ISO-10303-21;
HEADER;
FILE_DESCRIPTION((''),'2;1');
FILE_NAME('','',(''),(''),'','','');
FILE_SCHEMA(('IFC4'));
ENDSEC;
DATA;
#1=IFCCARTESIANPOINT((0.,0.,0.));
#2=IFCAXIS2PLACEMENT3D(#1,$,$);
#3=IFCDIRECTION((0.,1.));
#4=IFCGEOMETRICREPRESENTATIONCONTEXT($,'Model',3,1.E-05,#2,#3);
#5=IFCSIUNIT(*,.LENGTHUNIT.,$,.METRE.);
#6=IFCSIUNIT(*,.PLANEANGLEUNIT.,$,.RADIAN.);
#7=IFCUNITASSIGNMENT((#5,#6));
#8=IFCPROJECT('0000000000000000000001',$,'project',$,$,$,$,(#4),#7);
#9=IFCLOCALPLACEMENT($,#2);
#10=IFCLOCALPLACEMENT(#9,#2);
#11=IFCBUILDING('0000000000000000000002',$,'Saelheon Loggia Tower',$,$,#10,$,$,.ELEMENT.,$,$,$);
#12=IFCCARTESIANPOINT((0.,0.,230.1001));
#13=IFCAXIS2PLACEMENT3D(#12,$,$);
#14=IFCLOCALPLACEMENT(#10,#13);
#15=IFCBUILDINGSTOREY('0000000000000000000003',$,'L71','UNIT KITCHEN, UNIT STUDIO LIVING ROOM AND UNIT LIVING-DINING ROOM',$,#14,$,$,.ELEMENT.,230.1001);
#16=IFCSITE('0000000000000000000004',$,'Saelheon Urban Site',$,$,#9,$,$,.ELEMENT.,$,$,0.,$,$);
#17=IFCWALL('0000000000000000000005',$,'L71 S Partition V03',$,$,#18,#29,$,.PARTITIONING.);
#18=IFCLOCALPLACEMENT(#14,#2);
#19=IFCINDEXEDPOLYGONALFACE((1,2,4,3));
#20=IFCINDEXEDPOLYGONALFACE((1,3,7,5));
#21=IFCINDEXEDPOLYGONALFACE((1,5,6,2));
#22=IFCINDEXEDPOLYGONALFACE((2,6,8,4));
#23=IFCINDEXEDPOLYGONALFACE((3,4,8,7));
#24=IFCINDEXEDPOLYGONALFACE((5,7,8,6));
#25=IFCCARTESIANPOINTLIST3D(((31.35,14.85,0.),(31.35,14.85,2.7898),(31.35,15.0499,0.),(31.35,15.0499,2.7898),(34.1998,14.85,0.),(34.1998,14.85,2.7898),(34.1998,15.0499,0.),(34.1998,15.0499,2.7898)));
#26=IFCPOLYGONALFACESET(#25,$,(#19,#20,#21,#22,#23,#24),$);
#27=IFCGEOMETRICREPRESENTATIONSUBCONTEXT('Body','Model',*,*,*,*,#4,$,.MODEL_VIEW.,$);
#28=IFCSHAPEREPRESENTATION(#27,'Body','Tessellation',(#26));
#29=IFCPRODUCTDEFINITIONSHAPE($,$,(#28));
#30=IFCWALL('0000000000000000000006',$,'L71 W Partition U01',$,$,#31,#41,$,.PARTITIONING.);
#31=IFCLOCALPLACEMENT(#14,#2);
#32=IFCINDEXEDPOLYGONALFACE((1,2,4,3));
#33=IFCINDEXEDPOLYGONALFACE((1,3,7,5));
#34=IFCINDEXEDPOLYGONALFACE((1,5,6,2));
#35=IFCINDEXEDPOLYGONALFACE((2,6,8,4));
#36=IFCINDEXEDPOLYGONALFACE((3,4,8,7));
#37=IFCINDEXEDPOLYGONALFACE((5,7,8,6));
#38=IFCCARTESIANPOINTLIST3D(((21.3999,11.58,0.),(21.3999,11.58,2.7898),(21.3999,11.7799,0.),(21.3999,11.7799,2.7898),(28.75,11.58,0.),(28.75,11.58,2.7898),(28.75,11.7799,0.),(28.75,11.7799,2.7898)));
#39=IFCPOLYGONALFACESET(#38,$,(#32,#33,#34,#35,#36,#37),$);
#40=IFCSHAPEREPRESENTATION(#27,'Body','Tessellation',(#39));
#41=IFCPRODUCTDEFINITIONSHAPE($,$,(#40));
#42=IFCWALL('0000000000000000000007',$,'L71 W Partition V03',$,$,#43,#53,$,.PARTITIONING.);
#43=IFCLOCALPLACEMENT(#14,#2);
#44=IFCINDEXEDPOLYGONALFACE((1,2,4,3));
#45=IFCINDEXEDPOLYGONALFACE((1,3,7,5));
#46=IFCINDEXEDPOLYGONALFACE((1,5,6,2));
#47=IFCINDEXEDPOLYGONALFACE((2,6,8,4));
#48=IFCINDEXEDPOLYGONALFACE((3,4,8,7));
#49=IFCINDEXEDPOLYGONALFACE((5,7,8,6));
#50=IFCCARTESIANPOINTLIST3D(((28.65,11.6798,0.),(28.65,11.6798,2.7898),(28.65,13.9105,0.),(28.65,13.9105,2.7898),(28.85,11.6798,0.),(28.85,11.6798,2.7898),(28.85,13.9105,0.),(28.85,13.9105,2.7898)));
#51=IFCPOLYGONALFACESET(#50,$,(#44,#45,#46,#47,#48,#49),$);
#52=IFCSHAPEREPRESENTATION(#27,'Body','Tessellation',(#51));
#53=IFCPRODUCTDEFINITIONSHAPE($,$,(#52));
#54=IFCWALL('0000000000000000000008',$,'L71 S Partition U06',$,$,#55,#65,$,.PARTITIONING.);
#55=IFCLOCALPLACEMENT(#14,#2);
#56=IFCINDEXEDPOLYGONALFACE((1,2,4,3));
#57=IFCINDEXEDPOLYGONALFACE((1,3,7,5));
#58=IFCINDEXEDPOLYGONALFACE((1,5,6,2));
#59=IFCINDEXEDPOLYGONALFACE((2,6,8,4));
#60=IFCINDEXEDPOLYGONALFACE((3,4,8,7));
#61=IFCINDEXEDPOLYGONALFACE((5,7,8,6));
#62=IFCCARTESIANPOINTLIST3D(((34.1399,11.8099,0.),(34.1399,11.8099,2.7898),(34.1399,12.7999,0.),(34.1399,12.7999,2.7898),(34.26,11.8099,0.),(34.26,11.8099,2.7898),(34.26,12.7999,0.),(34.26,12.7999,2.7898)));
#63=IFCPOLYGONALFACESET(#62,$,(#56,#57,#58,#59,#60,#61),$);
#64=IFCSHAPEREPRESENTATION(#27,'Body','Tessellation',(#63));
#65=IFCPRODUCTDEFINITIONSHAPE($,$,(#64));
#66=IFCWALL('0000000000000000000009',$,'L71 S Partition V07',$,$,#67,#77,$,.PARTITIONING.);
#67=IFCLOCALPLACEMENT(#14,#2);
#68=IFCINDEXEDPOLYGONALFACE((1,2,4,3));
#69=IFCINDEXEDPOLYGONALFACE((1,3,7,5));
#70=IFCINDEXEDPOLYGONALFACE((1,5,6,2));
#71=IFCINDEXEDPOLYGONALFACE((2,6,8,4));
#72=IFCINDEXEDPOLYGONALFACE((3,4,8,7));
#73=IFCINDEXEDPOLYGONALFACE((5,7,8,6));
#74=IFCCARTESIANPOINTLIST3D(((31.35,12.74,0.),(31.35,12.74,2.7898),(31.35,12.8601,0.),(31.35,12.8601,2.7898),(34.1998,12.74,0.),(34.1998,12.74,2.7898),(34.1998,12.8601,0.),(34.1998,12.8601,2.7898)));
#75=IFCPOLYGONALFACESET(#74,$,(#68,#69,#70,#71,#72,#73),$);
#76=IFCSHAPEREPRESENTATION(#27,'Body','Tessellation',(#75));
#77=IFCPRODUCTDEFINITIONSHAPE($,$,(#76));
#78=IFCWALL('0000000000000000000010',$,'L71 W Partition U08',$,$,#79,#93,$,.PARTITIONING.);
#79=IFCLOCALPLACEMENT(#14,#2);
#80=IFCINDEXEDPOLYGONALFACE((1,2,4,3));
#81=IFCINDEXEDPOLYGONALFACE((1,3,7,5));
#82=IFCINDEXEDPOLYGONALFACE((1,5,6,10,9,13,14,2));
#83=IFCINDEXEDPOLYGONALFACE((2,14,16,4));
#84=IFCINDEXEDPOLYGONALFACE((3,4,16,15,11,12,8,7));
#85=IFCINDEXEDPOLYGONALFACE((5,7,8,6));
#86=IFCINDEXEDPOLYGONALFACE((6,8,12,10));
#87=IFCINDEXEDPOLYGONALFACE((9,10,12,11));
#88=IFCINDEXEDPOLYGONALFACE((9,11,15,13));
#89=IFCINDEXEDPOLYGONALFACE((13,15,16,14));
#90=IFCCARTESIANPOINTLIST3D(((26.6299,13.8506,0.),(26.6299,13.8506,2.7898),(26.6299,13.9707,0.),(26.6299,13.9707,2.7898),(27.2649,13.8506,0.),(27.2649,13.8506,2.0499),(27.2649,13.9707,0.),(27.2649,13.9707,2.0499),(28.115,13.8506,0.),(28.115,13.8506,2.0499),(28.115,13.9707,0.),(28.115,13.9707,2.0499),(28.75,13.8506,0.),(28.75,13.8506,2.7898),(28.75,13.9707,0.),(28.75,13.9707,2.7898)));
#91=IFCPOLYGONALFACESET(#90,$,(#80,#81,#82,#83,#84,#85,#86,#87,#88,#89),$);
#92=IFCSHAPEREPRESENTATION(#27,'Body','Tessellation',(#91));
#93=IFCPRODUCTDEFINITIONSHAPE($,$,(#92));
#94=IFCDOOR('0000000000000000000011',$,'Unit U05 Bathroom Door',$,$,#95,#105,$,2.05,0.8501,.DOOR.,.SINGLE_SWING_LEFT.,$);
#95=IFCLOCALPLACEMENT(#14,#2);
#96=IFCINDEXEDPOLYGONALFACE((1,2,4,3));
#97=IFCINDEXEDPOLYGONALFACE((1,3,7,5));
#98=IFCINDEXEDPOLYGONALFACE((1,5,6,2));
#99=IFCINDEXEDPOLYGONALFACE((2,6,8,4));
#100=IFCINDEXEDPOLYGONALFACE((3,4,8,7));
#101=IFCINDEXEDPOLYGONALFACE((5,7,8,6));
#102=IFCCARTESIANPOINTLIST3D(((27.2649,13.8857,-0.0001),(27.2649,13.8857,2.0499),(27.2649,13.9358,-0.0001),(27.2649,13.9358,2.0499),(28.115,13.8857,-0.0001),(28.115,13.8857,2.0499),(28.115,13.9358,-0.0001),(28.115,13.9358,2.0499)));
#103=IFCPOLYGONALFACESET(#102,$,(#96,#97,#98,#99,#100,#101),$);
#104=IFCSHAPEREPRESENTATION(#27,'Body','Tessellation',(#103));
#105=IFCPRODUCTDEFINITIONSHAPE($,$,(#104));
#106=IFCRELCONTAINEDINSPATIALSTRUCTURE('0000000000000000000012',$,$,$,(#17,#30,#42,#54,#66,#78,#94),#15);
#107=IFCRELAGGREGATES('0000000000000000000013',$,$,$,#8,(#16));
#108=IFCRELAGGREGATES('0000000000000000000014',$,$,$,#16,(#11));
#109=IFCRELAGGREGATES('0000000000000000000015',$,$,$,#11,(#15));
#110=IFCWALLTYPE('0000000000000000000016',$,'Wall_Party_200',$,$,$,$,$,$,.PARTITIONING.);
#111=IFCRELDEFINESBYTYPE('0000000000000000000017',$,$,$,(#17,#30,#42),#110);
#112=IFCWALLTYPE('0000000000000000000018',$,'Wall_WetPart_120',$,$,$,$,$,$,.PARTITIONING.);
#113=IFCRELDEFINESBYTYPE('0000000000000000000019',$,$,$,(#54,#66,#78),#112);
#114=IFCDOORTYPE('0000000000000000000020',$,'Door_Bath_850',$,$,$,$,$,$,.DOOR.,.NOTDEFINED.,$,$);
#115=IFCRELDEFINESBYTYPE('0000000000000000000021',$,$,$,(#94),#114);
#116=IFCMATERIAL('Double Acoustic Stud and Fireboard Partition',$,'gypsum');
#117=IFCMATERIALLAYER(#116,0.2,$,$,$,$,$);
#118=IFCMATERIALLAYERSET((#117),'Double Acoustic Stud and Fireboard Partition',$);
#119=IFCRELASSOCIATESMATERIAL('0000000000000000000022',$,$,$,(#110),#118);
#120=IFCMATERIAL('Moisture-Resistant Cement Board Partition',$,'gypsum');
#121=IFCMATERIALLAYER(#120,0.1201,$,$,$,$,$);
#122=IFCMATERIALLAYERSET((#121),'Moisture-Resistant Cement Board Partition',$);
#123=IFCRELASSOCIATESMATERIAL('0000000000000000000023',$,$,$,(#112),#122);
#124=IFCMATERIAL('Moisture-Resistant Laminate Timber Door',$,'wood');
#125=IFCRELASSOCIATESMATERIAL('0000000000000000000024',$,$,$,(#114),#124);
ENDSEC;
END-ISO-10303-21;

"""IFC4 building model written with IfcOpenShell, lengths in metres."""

from ifc_helpers import new_model, si_unit, direction, frame, frame_2d, origin, place, context, subcontext, project, spatial, rectangle, extrude, source, transform, mapped, material, layer, layer_set, type_object, element, fill, save


model = new_model("IFC4")

# Units and contexts
model_context = context("Model", 3, precision=1e-05, world=origin(), true_north=direction((0.0, 1.0)))
body_context = subcontext(model_context, "Body", "Model", "MODEL_VIEW")
ifc_project = project(units=[si_unit("LENGTHUNIT", "METRE"), si_unit("PLANEANGLEUNIT", "RADIAN")], contexts=[model_context])

# Site, building, storey
site_placement = place(None, origin())
site = spatial("IfcSite", under=ifc_project, at=site_placement, Name="Saelheon Urban Site", CompositionType="ELEMENT", RefElevation=0.0)
building_placement = place(site_placement, origin())
building = spatial("IfcBuilding", under=site, at=building_placement, Name="Saelheon Loggia Tower", CompositionType="ELEMENT")
storey_placement = place(building_placement, frame((0.0, 0.0, 230.1001)))
storey = spatial("IfcBuildingStorey", under=building, at=storey_placement, Name="L71", Description="UNIT KITCHEN, UNIT STUDIO LIVING ROOM AND UNIT LIVING-DINING ROOM", CompositionType="ELEMENT", Elevation=230.1001)

# Walls
ifc_material_1 = material(Name="Double Acoustic Stud and Fireboard Partition", Category="gypsum")
ifc_layer_1 = layer(ifc_material_1, 0.2)
ifc_layer_set_1 = layer_set([ifc_layer_1], Name="Double Acoustic Stud and Fireboard Partition")
wall_type_1 = type_object("IfcWallType", Name="Wall_Party_200", PredefinedType="PARTITIONING", material=ifc_layer_set_1)
wall_1_placement = place(storey_placement, frame((31.3501, 14.95, 0.0), z_axis=(0.0, 0.0, 1.0), x_axis=(1.0, 0.0, 0.0)))
element("IfcWall", 1, at=wall_1_placement, inside=storey, type_object=wall_type_1, Name="L71 S Partition V03", PredefinedType="PARTITIONING", context=body_context, shape_type="SweptSolid", body=[
    extrude(rectangle(XDim=2.8499, YDim=0.2, at=frame_2d((1.4248, 0.0))), origin(), (0.0, 0.0, 1.0), 2.7898),
])
wall_2_placement = place(storey_placement, frame((28.75, 11.6799, 0.0), z_axis=(0.0, 0.0, 1.0), x_axis=(-1.0, 0.0, 0.0)))
element("IfcWall", 2, at=wall_2_placement, inside=storey, type_object=wall_type_1, Name="L71 W Partition U01", PredefinedType="PARTITIONING", context=body_context, shape_type="SweptSolid", body=[
    extrude(rectangle(XDim=7.3501, YDim=0.2, at=frame_2d((3.675, 0.0))), origin(), (0.0, 0.0, 1.0), 2.7898),
])
wall_3_placement = place(storey_placement, frame((28.75, 11.6799, 0.0), z_axis=(0.0, 0.0, 1.0), x_axis=(0.0, 1.0, 0.0)))
element("IfcWall", 3, at=wall_3_placement, inside=storey, type_object=wall_type_1, Name="L71 W Partition V03", PredefinedType="PARTITIONING", context=body_context, shape_type="SweptSolid", body=[
    extrude(rectangle(XDim=2.2307, YDim=0.2, at=frame_2d((1.1152, 0.0))), origin(), (0.0, 0.0, 1.0), 2.7898),
])

# Walls
ifc_material_2 = material(Name="Moisture-Resistant Cement Board Partition", Category="gypsum")
ifc_layer_2 = layer(ifc_material_2, 0.1201)
ifc_layer_set_2 = layer_set([ifc_layer_2], Name="Moisture-Resistant Cement Board Partition")
wall_type_2 = type_object("IfcWallType", Name="Wall_WetPart_120", PredefinedType="PARTITIONING", material=ifc_layer_set_2)
wall_4_placement = place(storey_placement, frame((34.2, 12.8, 0.0), z_axis=(0.0, 0.0, 1.0), x_axis=(0.0, -1.0, 0.0)))
element("IfcWall", 4, at=wall_4_placement, inside=storey, type_object=wall_type_2, Name="L71 S Partition U06", PredefinedType="PARTITIONING", context=body_context, shape_type="SweptSolid", body=[
    extrude(rectangle(XDim=0.99, YDim=0.1201, at=frame_2d((0.4951, 0.0))), origin(), (0.0, 0.0, 1.0), 2.7898),
])
wall_5_placement = place(storey_placement, frame((31.3501, 12.8, 0.0), z_axis=(0.0, 0.0, 1.0), x_axis=(1.0, 0.0, 0.0)))
element("IfcWall", 5, at=wall_5_placement, inside=storey, type_object=wall_type_2, Name="L71 S Partition V07", PredefinedType="PARTITIONING", context=body_context, shape_type="SweptSolid", body=[
    extrude(rectangle(XDim=2.8499, YDim=0.1201, at=frame_2d((1.4248, 0.0))), origin(), (0.0, 0.0, 1.0), 2.7898),
])

# Wall, opening, door
wall_6_placement = place(storey_placement, frame((28.75, 13.9106, 0.0), z_axis=(0.0, 0.0, 1.0), x_axis=(-1.0, 0.0, 0.0)))
wall_6 = element("IfcWall", 6, at=wall_6_placement, inside=storey, type_object=wall_type_2, Name="L71 W Partition U08", PredefinedType="PARTITIONING", context=body_context, shape_type="SweptSolid", body=[
    extrude(rectangle(XDim=2.1201, YDim=0.1201, at=frame_2d((1.0601, 0.0))), origin(), (0.0, 0.0, 1.0), 2.7898),
])
opening_1_placement = place(wall_6_placement, frame((0.635, 0.0, 0.0)))
opening_1 = element("IfcOpeningElement", 7, at=opening_1_placement, cuts=wall_6, PredefinedType="OPENING", context=body_context, shape_type="SweptSolid", body=[
    extrude(rectangle(XDim=0.8501, YDim=2.05, at=frame_2d((0.425, 1.0249))), frame((0.0, 0.072, 0.0), z_axis=(0.0, -1.0, 0.0), x_axis=(1.0, 0.0, 0.0)), (0.0, 0.0, 1.0), 0.144),
])
ifc_material_3 = material(Name="Moisture-Resistant Laminate Timber Door", Category="wood")
door_type_1 = type_object("IfcDoorType", Name="Door_Bath_850", OperationType="NOTDEFINED", PredefinedType="DOOR", material=ifc_material_3)
shared_shape_1 = source(origin(), body_context, "Body", "SweptSolid", [
    extrude(rectangle(XDim=0.8501, YDim=2.05, at=frame_2d((0.425, 1.0249))), frame((0.0, 0.0249, 0.0), z_axis=(0.0, -1.0, 0.0), x_axis=(1.0, 0.0, 0.0)), (0.0, 0.0, 1.0), 0.05),
])
door_1_placement = place(opening_1_placement, origin())
door_1 = element("IfcDoor", 8, at=door_1_placement, inside=storey, type_object=door_type_1, Name="Unit U05 Bathroom Door", OperationType="SINGLE_SWING_LEFT", OverallHeight=2.05, OverallWidth=0.8501, PredefinedType="DOOR", context=body_context, shape_type="MappedRepresentation", body=[
    mapped(shared_shape_1, transform((0.0, 0.0, 0.0), scale=1.0)),
])
fill(opening_1, door_1)

save(model, "model.ifc")
